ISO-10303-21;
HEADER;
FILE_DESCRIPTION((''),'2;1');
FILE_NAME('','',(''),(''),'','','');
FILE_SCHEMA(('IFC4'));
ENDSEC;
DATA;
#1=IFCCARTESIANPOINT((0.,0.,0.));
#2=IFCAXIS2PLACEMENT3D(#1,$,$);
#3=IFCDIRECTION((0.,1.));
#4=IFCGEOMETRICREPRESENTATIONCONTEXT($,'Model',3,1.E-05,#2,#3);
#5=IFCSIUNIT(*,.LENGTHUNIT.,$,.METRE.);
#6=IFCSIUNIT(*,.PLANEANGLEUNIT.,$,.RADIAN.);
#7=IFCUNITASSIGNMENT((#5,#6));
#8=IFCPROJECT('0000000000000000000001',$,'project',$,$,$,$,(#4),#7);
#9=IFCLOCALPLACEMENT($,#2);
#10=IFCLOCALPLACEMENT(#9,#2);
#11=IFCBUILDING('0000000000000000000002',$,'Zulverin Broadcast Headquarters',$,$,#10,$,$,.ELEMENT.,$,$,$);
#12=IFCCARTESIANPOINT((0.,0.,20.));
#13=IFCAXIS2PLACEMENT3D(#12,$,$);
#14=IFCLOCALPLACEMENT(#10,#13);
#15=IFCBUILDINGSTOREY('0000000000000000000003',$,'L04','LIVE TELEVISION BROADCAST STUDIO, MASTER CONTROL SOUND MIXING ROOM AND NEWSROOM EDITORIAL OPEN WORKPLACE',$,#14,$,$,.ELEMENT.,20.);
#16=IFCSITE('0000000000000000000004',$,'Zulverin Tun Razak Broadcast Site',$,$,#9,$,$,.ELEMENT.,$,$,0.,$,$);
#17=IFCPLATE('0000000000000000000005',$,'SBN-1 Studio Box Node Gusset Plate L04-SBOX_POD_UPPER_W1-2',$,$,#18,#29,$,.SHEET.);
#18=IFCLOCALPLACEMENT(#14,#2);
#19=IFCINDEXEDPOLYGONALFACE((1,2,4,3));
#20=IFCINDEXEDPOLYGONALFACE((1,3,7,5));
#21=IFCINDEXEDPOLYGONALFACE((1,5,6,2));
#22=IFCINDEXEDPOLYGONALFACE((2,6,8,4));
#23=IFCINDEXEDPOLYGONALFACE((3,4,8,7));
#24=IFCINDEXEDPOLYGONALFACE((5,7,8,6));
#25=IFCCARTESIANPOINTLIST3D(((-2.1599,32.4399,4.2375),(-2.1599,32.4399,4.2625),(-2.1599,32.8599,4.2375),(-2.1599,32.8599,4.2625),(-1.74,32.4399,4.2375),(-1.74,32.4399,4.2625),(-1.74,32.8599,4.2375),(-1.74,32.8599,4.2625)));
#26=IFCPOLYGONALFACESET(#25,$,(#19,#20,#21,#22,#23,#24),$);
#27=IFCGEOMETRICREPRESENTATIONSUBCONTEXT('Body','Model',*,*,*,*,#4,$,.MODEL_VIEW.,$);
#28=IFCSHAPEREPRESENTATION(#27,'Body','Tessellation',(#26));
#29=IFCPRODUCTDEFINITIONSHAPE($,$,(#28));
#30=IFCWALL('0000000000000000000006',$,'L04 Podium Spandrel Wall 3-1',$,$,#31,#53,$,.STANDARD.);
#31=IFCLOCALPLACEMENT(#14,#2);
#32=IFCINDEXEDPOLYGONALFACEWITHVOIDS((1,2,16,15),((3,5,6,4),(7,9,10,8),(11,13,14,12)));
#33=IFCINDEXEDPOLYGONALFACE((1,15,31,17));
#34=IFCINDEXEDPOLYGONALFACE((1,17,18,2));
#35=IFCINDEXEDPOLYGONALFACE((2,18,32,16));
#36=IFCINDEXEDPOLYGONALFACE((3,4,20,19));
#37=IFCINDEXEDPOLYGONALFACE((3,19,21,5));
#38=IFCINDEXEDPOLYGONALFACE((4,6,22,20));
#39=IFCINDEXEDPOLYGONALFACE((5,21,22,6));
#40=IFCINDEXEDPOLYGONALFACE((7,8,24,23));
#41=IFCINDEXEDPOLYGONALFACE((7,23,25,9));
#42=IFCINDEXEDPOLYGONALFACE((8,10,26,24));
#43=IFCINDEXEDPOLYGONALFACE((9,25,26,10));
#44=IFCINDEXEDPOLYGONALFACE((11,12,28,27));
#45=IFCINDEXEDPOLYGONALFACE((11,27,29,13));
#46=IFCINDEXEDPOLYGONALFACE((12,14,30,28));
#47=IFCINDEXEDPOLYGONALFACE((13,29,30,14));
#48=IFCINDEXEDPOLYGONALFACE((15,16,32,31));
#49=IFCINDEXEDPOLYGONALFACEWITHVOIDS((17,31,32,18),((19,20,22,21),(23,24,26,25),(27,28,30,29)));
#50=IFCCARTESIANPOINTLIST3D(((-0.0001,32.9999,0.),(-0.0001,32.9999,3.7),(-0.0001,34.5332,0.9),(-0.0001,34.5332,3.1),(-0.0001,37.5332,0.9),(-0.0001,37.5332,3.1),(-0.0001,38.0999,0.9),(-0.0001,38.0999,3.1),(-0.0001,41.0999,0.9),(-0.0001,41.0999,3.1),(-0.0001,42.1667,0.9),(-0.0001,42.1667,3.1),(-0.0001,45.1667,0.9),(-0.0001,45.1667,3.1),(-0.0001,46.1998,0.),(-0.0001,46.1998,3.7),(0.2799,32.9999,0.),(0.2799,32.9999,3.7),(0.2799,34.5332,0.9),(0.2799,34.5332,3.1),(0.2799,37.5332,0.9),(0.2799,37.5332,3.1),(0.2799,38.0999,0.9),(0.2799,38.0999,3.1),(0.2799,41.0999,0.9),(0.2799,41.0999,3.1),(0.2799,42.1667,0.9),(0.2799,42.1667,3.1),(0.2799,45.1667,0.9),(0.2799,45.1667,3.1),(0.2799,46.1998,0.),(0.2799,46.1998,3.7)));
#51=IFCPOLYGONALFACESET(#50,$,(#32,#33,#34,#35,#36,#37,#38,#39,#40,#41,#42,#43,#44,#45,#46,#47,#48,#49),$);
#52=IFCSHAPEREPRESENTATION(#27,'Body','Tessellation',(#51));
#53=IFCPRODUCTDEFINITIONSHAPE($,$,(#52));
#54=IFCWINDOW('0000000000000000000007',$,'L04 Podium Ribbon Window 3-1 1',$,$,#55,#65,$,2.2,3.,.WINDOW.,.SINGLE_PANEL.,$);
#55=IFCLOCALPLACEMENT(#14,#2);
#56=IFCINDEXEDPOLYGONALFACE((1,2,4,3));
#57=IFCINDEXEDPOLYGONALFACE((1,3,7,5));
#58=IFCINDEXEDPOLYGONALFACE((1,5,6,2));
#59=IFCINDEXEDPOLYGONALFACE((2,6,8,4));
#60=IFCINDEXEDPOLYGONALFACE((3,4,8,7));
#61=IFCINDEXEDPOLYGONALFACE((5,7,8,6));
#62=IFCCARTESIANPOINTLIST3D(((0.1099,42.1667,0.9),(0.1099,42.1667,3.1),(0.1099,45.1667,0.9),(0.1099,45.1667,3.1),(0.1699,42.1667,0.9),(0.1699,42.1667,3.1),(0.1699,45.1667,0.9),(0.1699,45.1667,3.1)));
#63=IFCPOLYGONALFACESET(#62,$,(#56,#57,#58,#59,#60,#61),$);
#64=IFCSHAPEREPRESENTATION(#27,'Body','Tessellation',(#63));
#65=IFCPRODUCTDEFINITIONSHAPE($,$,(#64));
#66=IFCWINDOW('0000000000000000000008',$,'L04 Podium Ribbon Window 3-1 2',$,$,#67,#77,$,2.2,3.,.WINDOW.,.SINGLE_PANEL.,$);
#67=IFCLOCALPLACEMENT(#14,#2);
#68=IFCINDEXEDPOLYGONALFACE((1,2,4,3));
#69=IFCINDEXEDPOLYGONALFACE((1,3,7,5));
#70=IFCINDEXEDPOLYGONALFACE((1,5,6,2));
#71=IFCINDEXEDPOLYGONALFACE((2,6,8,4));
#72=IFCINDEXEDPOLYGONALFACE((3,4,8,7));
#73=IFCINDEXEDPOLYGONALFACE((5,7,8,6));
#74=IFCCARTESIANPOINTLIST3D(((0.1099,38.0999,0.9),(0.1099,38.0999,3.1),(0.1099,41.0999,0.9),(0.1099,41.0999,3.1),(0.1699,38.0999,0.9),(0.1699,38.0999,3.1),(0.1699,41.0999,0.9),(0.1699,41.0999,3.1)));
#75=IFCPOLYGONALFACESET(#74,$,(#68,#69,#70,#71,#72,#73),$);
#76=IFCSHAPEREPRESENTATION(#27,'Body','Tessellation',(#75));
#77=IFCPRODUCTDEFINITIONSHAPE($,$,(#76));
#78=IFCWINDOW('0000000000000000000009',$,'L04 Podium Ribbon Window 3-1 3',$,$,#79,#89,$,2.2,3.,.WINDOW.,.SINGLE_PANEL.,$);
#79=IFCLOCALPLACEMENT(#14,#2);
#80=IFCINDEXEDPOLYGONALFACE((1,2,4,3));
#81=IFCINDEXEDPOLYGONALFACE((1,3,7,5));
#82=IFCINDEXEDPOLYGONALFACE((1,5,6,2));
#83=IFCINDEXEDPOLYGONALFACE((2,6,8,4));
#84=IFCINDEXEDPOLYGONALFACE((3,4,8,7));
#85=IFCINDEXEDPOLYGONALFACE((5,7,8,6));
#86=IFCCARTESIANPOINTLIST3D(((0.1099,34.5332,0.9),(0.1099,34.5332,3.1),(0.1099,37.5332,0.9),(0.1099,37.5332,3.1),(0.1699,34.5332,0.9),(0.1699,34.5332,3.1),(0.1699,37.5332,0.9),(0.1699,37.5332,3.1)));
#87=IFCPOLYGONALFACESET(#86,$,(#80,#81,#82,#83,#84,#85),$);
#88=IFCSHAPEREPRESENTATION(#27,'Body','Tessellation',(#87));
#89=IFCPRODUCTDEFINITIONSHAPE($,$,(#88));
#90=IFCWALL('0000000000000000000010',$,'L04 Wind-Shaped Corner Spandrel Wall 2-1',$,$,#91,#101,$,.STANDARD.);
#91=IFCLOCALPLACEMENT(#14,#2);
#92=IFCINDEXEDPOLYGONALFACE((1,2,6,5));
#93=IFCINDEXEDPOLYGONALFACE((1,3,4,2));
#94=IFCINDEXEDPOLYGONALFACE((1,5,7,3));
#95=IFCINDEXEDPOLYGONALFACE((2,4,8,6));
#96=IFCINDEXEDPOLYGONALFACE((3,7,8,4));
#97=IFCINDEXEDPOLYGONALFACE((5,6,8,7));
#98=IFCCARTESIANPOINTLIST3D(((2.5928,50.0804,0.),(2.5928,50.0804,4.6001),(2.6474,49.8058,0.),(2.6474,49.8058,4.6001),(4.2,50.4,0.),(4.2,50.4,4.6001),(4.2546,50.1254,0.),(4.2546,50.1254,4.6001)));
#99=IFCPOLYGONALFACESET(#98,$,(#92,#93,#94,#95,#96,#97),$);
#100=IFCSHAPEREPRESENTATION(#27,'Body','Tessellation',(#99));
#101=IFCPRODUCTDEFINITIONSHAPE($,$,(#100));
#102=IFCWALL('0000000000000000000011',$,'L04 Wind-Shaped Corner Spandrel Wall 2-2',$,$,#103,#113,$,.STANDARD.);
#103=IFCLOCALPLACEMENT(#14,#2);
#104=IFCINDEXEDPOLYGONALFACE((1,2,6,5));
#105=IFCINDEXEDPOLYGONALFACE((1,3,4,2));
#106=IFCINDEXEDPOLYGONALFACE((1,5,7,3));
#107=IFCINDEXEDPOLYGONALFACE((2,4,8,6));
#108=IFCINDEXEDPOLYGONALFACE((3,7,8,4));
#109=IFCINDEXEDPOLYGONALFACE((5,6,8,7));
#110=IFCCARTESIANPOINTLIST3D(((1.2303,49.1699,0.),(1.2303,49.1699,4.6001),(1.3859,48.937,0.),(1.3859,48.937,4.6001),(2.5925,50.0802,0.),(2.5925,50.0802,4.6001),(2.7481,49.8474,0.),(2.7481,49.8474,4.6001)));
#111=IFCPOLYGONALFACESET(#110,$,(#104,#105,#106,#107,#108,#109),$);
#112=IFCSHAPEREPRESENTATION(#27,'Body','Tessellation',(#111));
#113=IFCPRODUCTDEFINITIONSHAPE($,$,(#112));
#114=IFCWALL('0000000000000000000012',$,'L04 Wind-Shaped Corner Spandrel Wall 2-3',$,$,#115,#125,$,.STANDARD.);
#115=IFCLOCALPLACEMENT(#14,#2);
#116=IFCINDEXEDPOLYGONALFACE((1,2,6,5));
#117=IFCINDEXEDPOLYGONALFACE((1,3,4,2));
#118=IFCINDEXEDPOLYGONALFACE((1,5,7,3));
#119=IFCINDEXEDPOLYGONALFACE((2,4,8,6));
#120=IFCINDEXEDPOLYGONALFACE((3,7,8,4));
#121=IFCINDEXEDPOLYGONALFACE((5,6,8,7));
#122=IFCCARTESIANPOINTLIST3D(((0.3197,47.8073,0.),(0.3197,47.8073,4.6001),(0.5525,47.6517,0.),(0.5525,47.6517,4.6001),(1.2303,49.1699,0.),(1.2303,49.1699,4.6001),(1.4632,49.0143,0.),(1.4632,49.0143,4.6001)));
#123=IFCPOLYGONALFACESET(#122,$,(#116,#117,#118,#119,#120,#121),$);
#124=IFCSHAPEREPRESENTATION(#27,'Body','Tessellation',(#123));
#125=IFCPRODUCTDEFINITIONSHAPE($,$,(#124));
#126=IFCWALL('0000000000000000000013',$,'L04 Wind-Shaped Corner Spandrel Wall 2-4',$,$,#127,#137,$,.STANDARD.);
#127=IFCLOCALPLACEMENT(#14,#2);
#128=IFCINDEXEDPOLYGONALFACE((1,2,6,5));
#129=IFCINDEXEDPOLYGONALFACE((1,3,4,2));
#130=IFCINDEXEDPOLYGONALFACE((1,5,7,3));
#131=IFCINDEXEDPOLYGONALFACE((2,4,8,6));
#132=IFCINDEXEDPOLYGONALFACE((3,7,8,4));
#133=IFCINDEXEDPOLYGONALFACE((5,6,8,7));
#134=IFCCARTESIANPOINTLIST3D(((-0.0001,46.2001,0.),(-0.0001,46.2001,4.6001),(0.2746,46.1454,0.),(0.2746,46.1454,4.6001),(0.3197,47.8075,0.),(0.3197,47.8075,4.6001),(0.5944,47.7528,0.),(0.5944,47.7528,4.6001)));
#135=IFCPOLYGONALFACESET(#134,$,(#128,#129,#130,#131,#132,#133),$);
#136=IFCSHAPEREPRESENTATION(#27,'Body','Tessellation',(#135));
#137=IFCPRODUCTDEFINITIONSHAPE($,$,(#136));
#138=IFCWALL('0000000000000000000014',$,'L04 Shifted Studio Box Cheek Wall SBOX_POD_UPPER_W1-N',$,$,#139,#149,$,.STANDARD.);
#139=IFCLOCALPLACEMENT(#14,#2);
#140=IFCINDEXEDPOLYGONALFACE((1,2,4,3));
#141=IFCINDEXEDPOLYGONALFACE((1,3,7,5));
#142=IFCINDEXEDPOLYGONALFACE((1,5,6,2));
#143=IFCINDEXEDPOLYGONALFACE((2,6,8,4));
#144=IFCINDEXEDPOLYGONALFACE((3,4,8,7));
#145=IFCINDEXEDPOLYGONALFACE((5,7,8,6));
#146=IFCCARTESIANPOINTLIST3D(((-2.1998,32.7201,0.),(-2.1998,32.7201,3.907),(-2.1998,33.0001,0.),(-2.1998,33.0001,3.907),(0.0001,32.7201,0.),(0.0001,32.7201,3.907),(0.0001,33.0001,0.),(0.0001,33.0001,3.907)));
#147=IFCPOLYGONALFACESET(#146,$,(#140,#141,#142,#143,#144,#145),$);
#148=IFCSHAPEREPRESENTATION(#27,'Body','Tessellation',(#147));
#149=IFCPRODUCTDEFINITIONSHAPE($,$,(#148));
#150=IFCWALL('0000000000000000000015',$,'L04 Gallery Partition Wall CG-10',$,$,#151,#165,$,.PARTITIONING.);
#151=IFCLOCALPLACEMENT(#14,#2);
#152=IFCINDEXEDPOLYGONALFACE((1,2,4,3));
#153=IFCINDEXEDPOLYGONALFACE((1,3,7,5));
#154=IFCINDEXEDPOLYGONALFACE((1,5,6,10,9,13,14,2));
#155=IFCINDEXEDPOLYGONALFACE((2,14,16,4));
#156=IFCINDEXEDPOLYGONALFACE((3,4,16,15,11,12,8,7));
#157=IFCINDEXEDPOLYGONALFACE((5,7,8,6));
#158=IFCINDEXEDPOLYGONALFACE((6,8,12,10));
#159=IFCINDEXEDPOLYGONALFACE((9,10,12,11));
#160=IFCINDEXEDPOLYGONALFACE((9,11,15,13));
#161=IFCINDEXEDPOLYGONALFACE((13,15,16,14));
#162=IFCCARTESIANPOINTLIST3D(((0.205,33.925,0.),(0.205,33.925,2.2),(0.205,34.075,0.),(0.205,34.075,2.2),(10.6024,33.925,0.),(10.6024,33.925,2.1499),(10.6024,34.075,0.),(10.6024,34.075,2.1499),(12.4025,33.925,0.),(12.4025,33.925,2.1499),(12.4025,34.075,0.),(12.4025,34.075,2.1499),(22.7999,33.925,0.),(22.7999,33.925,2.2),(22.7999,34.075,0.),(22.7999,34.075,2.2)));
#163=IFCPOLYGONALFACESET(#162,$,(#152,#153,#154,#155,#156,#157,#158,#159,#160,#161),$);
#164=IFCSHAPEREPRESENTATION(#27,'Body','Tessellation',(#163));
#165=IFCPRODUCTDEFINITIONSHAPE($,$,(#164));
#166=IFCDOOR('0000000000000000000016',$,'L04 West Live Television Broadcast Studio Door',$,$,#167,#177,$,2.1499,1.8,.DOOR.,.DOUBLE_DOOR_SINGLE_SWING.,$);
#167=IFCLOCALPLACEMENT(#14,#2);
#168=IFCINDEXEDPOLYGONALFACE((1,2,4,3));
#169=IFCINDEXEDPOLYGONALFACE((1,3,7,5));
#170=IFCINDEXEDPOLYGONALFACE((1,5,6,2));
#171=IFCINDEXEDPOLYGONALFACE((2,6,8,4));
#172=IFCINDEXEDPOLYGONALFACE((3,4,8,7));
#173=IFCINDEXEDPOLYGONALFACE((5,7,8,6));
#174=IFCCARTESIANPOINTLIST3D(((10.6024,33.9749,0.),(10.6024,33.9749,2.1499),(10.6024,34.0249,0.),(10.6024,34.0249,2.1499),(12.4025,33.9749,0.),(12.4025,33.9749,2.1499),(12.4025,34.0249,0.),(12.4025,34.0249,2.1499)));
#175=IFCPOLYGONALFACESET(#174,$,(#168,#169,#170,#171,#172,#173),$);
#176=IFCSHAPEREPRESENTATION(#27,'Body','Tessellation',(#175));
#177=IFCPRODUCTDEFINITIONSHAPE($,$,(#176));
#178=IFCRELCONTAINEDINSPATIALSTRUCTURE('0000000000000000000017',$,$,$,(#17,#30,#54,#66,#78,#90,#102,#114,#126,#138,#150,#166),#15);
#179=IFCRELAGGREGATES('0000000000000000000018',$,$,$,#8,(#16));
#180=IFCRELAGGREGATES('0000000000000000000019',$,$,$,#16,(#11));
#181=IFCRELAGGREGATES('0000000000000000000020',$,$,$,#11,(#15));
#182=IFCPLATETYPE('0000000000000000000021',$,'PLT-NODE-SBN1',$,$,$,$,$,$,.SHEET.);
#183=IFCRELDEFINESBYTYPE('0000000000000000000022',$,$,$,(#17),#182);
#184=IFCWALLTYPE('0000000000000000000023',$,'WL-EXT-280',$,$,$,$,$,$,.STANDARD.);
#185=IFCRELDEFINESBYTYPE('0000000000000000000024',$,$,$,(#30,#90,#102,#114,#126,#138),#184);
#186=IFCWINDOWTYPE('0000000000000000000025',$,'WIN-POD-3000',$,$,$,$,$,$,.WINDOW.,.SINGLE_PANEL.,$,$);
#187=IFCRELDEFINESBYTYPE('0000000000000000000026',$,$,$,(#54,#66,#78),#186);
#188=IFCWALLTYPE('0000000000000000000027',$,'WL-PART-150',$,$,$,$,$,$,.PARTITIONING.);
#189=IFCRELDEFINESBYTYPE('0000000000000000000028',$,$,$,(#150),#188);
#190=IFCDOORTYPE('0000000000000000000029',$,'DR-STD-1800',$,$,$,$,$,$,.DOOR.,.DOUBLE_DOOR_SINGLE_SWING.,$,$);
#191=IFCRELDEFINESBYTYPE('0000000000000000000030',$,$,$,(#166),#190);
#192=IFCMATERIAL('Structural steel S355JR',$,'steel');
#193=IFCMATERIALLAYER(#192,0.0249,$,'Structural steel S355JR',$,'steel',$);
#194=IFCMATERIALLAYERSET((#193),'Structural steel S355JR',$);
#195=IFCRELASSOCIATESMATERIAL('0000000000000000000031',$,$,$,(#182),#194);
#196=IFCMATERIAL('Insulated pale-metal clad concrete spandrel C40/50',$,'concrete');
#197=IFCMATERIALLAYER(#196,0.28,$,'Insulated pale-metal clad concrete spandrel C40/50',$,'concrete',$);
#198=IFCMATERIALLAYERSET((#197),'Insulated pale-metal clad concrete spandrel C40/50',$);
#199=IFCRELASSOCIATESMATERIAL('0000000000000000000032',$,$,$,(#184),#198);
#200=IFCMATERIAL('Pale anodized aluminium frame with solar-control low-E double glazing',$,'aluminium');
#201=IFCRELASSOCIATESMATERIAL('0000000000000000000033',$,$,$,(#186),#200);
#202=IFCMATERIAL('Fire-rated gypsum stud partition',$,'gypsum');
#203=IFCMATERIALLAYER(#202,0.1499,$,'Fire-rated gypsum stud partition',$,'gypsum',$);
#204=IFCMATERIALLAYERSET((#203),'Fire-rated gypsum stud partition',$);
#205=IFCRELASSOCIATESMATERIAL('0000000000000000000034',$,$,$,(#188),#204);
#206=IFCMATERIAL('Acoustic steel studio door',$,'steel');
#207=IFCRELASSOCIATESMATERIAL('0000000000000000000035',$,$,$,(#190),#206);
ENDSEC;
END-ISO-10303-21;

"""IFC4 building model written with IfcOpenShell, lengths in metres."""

from ifc_helpers import new_model, si_unit, direction, frame, frame_2d, origin, origin_2d, place, context, subcontext, project, spatial, rectangle, extrude, material, layer, layer_set, type_object, element, fill, save


model = new_model("IFC4")

# Units and contexts
model_context = context("Model", 3, precision=1e-05, world=origin(), true_north=direction((0.0, 1.0)))
body_context = subcontext(model_context, "Body", "Model", "MODEL_VIEW")
ifc_project = project(units=[si_unit("LENGTHUNIT", "METRE"), si_unit("PLANEANGLEUNIT", "RADIAN")], contexts=[model_context])

# Site, building, storey
site_placement = place(None, origin())
site = spatial("IfcSite", under=ifc_project, at=site_placement, Name="Zulverin Tun Razak Broadcast Site", CompositionType="ELEMENT", RefElevation=0.0)
building_placement = place(site_placement, origin())
building = spatial("IfcBuilding", under=site, at=building_placement, Name="Zulverin Broadcast Headquarters", CompositionType="ELEMENT")
storey_placement = place(building_placement, frame((0.0, 0.0, 20.0)))
storey = spatial("IfcBuildingStorey", under=building, at=storey_placement, Name="L04", Description="LIVE TELEVISION BROADCAST STUDIO, MASTER CONTROL SOUND MIXING ROOM AND NEWSROOM EDITORIAL OPEN WORKPLACE", CompositionType="ELEMENT", Elevation=20.0)

# Shared definitions
ifc_material_1 = material(Name="Structural steel S355JR", Category="steel")

# Plate
ifc_layer_1 = layer(ifc_material_1, 0.0249, Name="Structural steel S355JR", Category="steel")
ifc_layer_set_1 = layer_set([ifc_layer_1], Name="Structural steel S355JR")
plate_type = type_object("IfcPlateType", Name="PLT-NODE-SBN1", PredefinedType="SHEET", material=ifc_layer_set_1)
plate_1_placement = place(storey_placement, frame((-1.95, 32.6499, 4.2375), z_axis=(0.0, 0.0, 1.0), x_axis=(1.0, 0.0, 0.0)))
element("IfcPlate", 1, at=plate_1_placement, inside=storey, type_object=plate_type, Name="SBN-1 Studio Box Node Gusset Plate L04-SBOX_POD_UPPER_W1-2", PredefinedType="SHEET", context=body_context, shape_type="SweptSolid", body=[
    extrude(rectangle(XDim=0.4199, YDim=0.4199, at=origin_2d()), origin(), (0.0, 0.0, 1.0), 0.0249),
])

# Wall, openings, windows
ifc_material_2 = material(Name="Insulated pale-metal clad concrete spandrel C40/50", Category="concrete")
ifc_layer_2 = layer(ifc_material_2, 0.28, Name="Insulated pale-metal clad concrete spandrel C40/50", Category="concrete")
ifc_layer_set_2 = layer_set([ifc_layer_2], Name="Insulated pale-metal clad concrete spandrel C40/50")
wall_type_1 = type_object("IfcWallType", Name="WL-EXT-280", PredefinedType="STANDARD", material=ifc_layer_set_2)
wall_1_placement = place(storey_placement, frame((0.1399, 46.2, 0.0), z_axis=(0.0, 0.0, 1.0), x_axis=(0.0, -1.0, 0.0)))
wall_1 = element("IfcWall", 2, at=wall_1_placement, inside=storey, type_object=wall_type_1, Name="L04 Podium Spandrel Wall 3-1", PredefinedType="STANDARD", context=body_context, shape_type="SweptSolid", body=[
    extrude(rectangle(XDim=13.2, YDim=0.28, at=frame_2d((6.6001, 0.0))), origin(), (0.0, 0.0, 1.0), 3.7),
])
opening_1_placement = place(wall_1_placement, frame((1.0332, 0.0, 0.8999)))
opening_1 = element("IfcOpeningElement", 3, at=opening_1_placement, cuts=wall_1, PredefinedType="OPENING", context=body_context, shape_type="SweptSolid", body=[
    extrude(rectangle(XDim=3.0, YDim=2.2, at=frame_2d((1.5, 1.1001))), frame((0.0, 0.1499, 0.0), z_axis=(0.0, -1.0, 0.0), x_axis=(1.0, 0.0, 0.0)), (0.0, 0.0, 1.0), 0.3),
])
opening_2_placement = place(wall_1_placement, frame((5.1001, 0.0, 0.8999)))
opening_2 = element("IfcOpeningElement", 4, at=opening_2_placement, cuts=wall_1, PredefinedType="OPENING", context=body_context, shape_type="SweptSolid", body=[
    extrude(rectangle(XDim=3.0, YDim=2.2, at=frame_2d((1.5, 1.1001))), frame((0.0, 0.1499, 0.0), z_axis=(0.0, -1.0, 0.0), x_axis=(1.0, 0.0, 0.0)), (0.0, 0.0, 1.0), 0.3),
])
opening_3_placement = place(wall_1_placement, frame((8.6667, 0.0, 0.8999)))
opening_3 = element("IfcOpeningElement", 5, at=opening_3_placement, cuts=wall_1, PredefinedType="OPENING", context=body_context, shape_type="SweptSolid", body=[
    extrude(rectangle(XDim=3.0, YDim=2.2, at=frame_2d((1.5, 1.1001))), frame((0.0, 0.1499, 0.0), z_axis=(0.0, -1.0, 0.0), x_axis=(1.0, 0.0, 0.0)), (0.0, 0.0, 1.0), 0.3),
])
ifc_material_3 = material(Name="Pale anodized aluminium frame with solar-control low-E double glazing", Category="aluminium")
window_type = type_object("IfcWindowType", Name="WIN-POD-3000", PartitioningType="SINGLE_PANEL", PredefinedType="WINDOW", material=ifc_material_3)
window_1_placement = place(opening_1_placement, origin())
window_1 = element("IfcWindow", 6, at=window_1_placement, inside=storey, type_object=window_type, Name="L04 Podium Ribbon Window 3-1 1", OverallHeight=2.2, OverallWidth=3.0, PartitioningType="SINGLE_PANEL", PredefinedType="WINDOW", context=body_context, shape_type="SweptSolid", body=[
    extrude(rectangle(XDim=3.0, YDim=2.2, at=frame_2d((1.5, 1.1001))), frame((0.0, 0.03, 0.0), z_axis=(0.0, -1.0, 0.0), x_axis=(1.0, 0.0, 0.0)), (0.0, 0.0, 1.0), 0.0601),
])
fill(opening_1, window_1)
window_2_placement = place(opening_2_placement, origin())
window_2 = element("IfcWindow", 7, at=window_2_placement, inside=storey, type_object=window_type, Name="L04 Podium Ribbon Window 3-1 2", OverallHeight=2.2, OverallWidth=3.0, PartitioningType="SINGLE_PANEL", PredefinedType="WINDOW", context=body_context, shape_type="SweptSolid", body=[
    extrude(rectangle(XDim=3.0, YDim=2.2, at=frame_2d((1.5, 1.1001))), frame((0.0, 0.03, 0.0), z_axis=(0.0, -1.0, 0.0), x_axis=(1.0, 0.0, 0.0)), (0.0, 0.0, 1.0), 0.0601),
])
fill(opening_2, window_2)
window_3_placement = place(opening_3_placement, origin())
window_3 = element("IfcWindow", 8, at=window_3_placement, inside=storey, type_object=window_type, Name="L04 Podium Ribbon Window 3-1 3", OverallHeight=2.2, OverallWidth=3.0, PartitioningType="SINGLE_PANEL", PredefinedType="WINDOW", context=body_context, shape_type="SweptSolid", body=[
    extrude(rectangle(XDim=3.0, YDim=2.2, at=frame_2d((1.5, 1.1001))), frame((0.0, 0.03, 0.0), z_axis=(0.0, -1.0, 0.0), x_axis=(1.0, 0.0, 0.0)), (0.0, 0.0, 1.0), 0.0601),
])
fill(opening_3, window_3)

# Walls
wall_2_placement = place(storey_placement, frame((4.2273, 50.2627, 0.0), z_axis=(0.0, 0.0, 1.0), x_axis=(-0.980798, -0.195027, 0.0)))
element("IfcWall", 9, at=wall_2_placement, inside=storey, type_object=wall_type_1, Name="L04 Wind-Shaped Corner Spandrel Wall 2-1", PredefinedType="STANDARD", context=body_context, shape_type="SweptSolid", body=[
    extrude(rectangle(XDim=1.6387, YDim=0.28, at=frame_2d((0.8193, 0.0))), origin(), (0.0, 0.0, 1.0), 4.6001),
])
wall_3_placement = place(storey_placement, frame((2.6704, 49.9639, 0.0), z_axis=(0.0, 0.0, 1.0), x_axis=(-0.831431, -0.555628, 0.0)))
element("IfcWall", 10, at=wall_3_placement, inside=storey, type_object=wall_type_1, Name="L04 Wind-Shaped Corner Spandrel Wall 2-2", PredefinedType="STANDARD", context=body_context, shape_type="SweptSolid", body=[
    extrude(rectangle(XDim=1.6384, YDim=0.28, at=frame_2d((0.8193, 0.0))), origin(), (0.0, 0.0, 1.0), 4.6001),
])
for number, where, z_axis, x_axis, name in (
    (11, (1.3467, 49.092, 0.0), (0.0, 0.0, 1.0), (-0.555662, -0.831408, 0.0), "L04 Wind-Shaped Corner Spandrel Wall 2-3"),
    (12, (0.457, 47.78, 0.0), (0.0, 0.0, 1.0), (-0.195142, -0.980775, 0.0), "L04 Wind-Shaped Corner Spandrel Wall 2-4"),
):
    element("IfcWall", number, at=place(storey_placement, frame(where, z_axis=z_axis, x_axis=x_axis)), inside=storey, type_object=wall_type_1, Name=name, PredefinedType="STANDARD", context=body_context, shape_type="SweptSolid", body=[
        extrude(rectangle(XDim=1.6389, YDim=0.28, at=frame_2d((0.8193, 0.0))), origin(), (0.0, 0.0, 1.0), 4.6001),
    ])
wall_4_placement = place(storey_placement, frame((-2.2, 32.8601, 0.0), z_axis=(0.0, 0.0, 1.0), x_axis=(1.0, 0.0, 0.0)))
element("IfcWall", 13, at=wall_4_placement, inside=storey, type_object=wall_type_1, Name="L04 Shifted Studio Box Cheek Wall SBOX_POD_UPPER_W1-N", PredefinedType="STANDARD", context=body_context, shape_type="SweptSolid", body=[
    extrude(rectangle(XDim=2.2, YDim=0.28, at=frame_2d((1.1001, 0.0))), origin(), (0.0, 0.0, 1.0), 3.907),
])

# Wall, opening, door
ifc_material_4 = material(Name="Fire-rated gypsum stud partition", Category="gypsum")
ifc_layer_3 = layer(ifc_material_4, 0.1499, Name="Fire-rated gypsum stud partition", Category="gypsum")
ifc_layer_set_3 = layer_set([ifc_layer_3], Name="Fire-rated gypsum stud partition")
wall_type_2 = type_object("IfcWallType", Name="WL-PART-150", PredefinedType="PARTITIONING", material=ifc_layer_set_3)
wall_5_placement = place(storey_placement, frame((0.2051, 34.0, 0.0), z_axis=(0.0, 0.0, 1.0), x_axis=(1.0, 0.0, 0.0)))
wall_5 = element("IfcWall", 14, at=wall_5_placement, inside=storey, type_object=wall_type_2, Name="L04 Gallery Partition Wall CG-10", PredefinedType="PARTITIONING", context=body_context, shape_type="SweptSolid", body=[
    extrude(rectangle(XDim=22.595, YDim=0.1499, at=frame_2d((11.2974, 0.0))), origin(), (0.0, 0.0, 1.0), 2.2),
])
opening_4_placement = place(wall_5_placement, frame((10.3975, 0.0, 0.0)))
opening_4 = element("IfcOpeningElement", 15, at=opening_4_placement, cuts=wall_5, PredefinedType="OPENING", context=body_context, shape_type="SweptSolid", body=[
    extrude(rectangle(XDim=1.8, YDim=2.1499, at=frame_2d((0.8999, 1.075))), frame((0.0, 0.085, 0.0), z_axis=(0.0, -1.0, 0.0), x_axis=(1.0, 0.0, 0.0)), (0.0, 0.0, 1.0), 0.1699),
])
ifc_material_5 = material(Name="Acoustic steel studio door", Category="steel")
door_type_1 = type_object("IfcDoorType", Name="DR-STD-1800", OperationType="DOUBLE_DOOR_SINGLE_SWING", PredefinedType="DOOR", material=ifc_material_5)
door_1_placement = place(opening_4_placement, origin())
door_1 = element("IfcDoor", 16, at=door_1_placement, inside=storey, type_object=door_type_1, Name="L04 West Live Television Broadcast Studio Door", OperationType="DOUBLE_DOOR_SINGLE_SWING", OverallHeight=2.1499, OverallWidth=1.8, PredefinedType="DOOR", context=body_context, shape_type="SweptSolid", body=[
    extrude(rectangle(XDim=1.8, YDim=2.1499, at=frame_2d((0.8999, 1.075))), frame((0.0, 0.0249, 0.0), z_axis=(0.0, -1.0, 0.0), x_axis=(1.0, 0.0, 0.0)), (0.0, 0.0, 1.0), 0.05),
])
fill(opening_4, door_1)

save(model, "model.ifc")
